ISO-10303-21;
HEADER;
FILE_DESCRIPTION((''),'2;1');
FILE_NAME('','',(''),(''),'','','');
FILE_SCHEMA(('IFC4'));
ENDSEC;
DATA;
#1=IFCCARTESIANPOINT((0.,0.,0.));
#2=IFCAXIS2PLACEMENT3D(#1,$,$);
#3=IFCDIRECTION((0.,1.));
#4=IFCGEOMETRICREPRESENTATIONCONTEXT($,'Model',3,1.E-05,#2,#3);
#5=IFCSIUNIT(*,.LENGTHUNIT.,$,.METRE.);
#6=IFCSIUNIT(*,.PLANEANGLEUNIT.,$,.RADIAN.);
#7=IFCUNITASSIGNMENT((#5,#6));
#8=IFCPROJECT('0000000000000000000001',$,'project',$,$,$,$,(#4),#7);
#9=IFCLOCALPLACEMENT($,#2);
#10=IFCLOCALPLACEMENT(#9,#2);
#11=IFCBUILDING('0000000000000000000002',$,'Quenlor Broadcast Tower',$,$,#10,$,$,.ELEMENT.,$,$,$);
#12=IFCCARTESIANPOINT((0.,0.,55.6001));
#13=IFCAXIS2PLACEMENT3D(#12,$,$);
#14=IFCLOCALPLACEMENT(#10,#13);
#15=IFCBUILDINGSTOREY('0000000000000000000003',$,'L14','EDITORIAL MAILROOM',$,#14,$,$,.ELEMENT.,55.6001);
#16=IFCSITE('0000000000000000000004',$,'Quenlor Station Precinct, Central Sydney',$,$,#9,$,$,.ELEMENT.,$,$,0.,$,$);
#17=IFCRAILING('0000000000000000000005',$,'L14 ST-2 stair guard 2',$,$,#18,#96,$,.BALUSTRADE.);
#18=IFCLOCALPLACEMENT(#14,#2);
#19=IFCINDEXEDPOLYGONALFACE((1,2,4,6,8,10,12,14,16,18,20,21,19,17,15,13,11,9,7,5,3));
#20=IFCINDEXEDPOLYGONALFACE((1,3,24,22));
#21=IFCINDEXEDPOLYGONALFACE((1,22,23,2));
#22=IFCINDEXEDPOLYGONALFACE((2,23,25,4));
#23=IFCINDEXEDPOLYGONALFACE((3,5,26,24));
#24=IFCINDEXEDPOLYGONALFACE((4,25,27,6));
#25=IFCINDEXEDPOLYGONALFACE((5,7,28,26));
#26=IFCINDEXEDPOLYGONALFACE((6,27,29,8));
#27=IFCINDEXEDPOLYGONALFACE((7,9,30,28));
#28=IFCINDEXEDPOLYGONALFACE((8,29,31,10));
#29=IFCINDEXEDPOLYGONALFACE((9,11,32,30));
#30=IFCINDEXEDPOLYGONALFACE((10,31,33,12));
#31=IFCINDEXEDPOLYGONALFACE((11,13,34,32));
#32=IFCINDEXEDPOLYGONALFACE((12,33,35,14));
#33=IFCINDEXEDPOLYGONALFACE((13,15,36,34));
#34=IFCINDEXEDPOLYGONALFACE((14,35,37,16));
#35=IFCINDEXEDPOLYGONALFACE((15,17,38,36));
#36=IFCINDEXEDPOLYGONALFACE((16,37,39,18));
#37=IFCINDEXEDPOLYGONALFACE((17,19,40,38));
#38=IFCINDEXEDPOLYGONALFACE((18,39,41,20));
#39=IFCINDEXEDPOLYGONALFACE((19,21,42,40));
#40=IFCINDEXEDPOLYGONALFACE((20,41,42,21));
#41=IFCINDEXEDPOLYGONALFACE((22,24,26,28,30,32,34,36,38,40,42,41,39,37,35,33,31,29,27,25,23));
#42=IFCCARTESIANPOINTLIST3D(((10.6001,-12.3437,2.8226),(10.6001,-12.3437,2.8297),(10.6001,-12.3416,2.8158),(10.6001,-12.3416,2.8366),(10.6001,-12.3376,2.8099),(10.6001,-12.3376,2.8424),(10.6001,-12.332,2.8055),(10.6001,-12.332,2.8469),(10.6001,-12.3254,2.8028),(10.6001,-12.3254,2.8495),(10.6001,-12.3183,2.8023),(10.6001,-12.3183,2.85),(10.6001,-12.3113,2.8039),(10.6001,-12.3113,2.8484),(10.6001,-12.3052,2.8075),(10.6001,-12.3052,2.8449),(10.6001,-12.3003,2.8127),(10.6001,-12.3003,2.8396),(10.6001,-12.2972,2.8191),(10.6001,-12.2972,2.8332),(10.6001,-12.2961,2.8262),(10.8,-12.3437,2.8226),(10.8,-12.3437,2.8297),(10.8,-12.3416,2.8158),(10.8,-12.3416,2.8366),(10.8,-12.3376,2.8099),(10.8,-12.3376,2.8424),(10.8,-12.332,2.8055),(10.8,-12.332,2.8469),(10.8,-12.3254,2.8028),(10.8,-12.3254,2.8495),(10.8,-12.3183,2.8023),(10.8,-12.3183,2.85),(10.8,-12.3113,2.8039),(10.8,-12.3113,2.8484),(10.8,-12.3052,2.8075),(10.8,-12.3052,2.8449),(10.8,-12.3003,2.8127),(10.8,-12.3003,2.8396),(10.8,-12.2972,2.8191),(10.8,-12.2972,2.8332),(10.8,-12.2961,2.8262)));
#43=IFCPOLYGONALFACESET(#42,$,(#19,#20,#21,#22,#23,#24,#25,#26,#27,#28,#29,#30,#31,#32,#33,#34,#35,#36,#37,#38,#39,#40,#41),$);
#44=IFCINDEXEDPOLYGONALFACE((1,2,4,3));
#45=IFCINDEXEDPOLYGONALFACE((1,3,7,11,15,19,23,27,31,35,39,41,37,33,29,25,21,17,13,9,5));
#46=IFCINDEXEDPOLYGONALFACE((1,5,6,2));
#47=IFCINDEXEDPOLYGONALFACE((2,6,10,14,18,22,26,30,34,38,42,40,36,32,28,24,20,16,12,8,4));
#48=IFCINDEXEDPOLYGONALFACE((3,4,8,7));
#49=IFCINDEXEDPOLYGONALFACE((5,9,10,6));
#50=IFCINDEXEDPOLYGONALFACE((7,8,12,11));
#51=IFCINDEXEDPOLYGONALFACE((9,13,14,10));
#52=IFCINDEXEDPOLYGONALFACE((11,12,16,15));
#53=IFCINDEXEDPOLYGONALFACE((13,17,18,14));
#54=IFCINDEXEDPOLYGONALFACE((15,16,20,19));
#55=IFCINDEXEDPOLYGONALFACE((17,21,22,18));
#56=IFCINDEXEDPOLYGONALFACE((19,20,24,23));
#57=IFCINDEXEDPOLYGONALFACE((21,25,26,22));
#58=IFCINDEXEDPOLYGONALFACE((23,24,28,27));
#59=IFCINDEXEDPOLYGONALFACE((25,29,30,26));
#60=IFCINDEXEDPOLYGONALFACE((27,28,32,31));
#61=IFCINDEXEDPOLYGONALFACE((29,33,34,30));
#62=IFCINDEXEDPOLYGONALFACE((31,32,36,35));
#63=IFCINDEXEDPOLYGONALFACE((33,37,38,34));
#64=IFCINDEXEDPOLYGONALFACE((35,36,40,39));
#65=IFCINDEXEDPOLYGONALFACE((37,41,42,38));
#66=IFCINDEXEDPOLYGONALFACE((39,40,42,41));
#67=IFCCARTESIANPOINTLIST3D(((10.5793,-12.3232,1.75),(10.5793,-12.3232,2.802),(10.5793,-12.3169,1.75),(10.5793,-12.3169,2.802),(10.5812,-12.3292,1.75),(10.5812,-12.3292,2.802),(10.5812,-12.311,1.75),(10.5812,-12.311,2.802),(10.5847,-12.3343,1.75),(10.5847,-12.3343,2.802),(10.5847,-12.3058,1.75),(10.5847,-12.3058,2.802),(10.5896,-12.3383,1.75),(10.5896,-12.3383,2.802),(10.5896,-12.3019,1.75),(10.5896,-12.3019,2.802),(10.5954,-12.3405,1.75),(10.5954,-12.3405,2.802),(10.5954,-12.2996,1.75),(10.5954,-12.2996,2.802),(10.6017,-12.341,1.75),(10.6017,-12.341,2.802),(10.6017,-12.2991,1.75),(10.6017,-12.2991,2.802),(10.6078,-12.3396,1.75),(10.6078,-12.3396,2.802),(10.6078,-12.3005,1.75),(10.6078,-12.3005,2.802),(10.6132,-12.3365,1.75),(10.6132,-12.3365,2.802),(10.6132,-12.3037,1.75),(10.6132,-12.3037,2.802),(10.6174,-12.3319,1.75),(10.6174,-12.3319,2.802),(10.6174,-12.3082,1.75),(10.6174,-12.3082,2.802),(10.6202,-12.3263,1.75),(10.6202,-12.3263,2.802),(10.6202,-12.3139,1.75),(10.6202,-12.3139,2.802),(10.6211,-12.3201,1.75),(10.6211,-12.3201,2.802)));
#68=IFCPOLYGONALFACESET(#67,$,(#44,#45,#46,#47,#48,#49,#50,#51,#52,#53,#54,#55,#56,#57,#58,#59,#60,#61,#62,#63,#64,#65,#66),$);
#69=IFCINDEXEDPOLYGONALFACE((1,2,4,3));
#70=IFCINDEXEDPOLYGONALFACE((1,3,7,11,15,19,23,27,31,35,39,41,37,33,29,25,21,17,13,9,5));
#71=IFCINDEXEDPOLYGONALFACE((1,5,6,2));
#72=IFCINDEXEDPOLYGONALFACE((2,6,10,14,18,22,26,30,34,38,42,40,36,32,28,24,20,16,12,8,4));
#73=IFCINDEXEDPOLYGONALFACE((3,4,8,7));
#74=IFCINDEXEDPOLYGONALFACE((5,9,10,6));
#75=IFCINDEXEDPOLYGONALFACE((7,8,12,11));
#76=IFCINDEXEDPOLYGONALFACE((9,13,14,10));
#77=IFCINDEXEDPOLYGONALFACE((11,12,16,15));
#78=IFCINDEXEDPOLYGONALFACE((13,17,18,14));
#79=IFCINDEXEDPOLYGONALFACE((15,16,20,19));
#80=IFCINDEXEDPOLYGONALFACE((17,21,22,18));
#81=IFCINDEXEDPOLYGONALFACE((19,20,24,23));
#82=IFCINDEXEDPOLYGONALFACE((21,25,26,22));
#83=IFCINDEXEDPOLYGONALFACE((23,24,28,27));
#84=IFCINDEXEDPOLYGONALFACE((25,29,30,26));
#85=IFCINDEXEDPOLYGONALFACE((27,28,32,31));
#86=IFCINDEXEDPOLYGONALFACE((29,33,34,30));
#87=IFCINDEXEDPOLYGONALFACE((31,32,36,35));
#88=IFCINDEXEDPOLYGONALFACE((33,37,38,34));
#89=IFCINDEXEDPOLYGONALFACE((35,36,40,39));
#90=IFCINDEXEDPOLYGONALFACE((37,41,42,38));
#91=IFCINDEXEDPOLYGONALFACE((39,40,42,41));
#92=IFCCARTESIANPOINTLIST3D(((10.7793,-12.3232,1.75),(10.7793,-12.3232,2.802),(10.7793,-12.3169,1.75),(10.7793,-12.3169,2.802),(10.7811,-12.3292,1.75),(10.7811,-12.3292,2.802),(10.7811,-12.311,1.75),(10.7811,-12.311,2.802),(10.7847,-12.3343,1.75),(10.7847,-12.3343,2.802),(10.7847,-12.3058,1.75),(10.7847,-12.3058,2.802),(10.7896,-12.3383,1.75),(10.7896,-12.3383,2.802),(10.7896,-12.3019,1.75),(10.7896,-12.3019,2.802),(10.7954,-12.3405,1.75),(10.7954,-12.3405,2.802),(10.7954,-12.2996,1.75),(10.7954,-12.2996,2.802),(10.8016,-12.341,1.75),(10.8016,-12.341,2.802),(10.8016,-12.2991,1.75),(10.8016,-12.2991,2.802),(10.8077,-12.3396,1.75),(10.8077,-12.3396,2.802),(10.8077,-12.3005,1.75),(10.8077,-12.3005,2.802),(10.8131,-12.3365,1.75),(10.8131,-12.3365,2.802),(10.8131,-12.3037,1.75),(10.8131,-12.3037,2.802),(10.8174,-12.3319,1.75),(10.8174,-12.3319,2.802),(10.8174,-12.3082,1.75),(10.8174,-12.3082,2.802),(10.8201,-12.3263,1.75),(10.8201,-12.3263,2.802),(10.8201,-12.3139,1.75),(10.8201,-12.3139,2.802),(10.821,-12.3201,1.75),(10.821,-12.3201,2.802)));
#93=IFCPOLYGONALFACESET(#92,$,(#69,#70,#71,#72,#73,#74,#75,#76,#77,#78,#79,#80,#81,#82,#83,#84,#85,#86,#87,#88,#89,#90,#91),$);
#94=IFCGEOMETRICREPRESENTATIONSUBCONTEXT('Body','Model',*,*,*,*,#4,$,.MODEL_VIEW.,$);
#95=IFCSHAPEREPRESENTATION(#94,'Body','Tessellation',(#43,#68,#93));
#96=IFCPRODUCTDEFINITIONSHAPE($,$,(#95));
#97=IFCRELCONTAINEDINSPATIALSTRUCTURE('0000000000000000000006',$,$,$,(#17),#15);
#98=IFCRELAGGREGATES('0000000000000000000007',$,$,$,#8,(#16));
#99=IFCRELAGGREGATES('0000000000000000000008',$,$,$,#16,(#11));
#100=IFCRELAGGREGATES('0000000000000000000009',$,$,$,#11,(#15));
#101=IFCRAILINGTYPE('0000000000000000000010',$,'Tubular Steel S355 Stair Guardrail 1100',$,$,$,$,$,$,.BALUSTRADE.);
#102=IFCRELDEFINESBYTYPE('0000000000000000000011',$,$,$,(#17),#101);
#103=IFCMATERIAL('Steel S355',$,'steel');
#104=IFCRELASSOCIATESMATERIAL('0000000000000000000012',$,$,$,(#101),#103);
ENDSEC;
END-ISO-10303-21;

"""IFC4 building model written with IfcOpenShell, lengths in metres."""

from ifc_helpers import new_model, si_unit, direction, frame, origin, origin_2d, place, context, subcontext, project, spatial, circle, extrude, material, type_object, element, save


model = new_model("IFC4")

# Units and contexts
model_context = context("Model", 3, precision=1e-05, world=origin(), true_north=direction((0.0, 1.0)))
body_context = subcontext(model_context, "Body", "Model", "MODEL_VIEW")
ifc_project = project(units=[si_unit("LENGTHUNIT", "METRE"), si_unit("PLANEANGLEUNIT", "RADIAN")], contexts=[model_context])

# Site, building, storey
site_placement = place(None, origin())
site = spatial("IfcSite", under=ifc_project, at=site_placement, Name="Quenlor Station Precinct, Central Sydney", CompositionType="ELEMENT", RefElevation=0.0)
building_placement = place(site_placement, origin())
building = spatial("IfcBuilding", under=site, at=building_placement, Name="Quenlor Broadcast Tower", CompositionType="ELEMENT")
storey_placement = place(building_placement, frame((0.0, 0.0, 55.6001)))
storey = spatial("IfcBuildingStorey", under=building, at=storey_placement, Name="L14", Description="EDITORIAL MAILROOM", CompositionType="ELEMENT", Elevation=55.6001)

# Railing
ifc_material_1 = material(Name="Steel S355", Category="steel")
railing_type_1 = type_object("IfcRailingType", Name="Tubular Steel S355 Stair Guardrail 1100", PredefinedType="BALUSTRADE", material=ifc_material_1)
railing_1_placement = place(storey_placement, frame((10.6001, -12.3201, 1.75)))
element("IfcRailing", 1, at=railing_1_placement, inside=storey, type_object=railing_type_1, Name="L14 ST-2 stair guard 2", PredefinedType="BALUSTRADE", context=body_context, shape_type="SweptSolid", body=[
    extrude(circle(Radius=0.0239, at=origin_2d()), frame((0.0, 0.0, 1.0762), z_axis=(1.0, 0.0, 0.0), x_axis=(0.0, 1.0, 0.0)), (0.0, 0.0, 1.0), 0.2),
    extrude(circle(Radius=0.021, at=origin_2d()), origin(), (0.0, 0.0, 1.0), 1.052),
    extrude(circle(Radius=0.021, at=origin_2d()), frame((0.2, 0.0, 0.0)), (0.0, 0.0, 1.0), 1.052),
])

save(model, "model.ifc")
